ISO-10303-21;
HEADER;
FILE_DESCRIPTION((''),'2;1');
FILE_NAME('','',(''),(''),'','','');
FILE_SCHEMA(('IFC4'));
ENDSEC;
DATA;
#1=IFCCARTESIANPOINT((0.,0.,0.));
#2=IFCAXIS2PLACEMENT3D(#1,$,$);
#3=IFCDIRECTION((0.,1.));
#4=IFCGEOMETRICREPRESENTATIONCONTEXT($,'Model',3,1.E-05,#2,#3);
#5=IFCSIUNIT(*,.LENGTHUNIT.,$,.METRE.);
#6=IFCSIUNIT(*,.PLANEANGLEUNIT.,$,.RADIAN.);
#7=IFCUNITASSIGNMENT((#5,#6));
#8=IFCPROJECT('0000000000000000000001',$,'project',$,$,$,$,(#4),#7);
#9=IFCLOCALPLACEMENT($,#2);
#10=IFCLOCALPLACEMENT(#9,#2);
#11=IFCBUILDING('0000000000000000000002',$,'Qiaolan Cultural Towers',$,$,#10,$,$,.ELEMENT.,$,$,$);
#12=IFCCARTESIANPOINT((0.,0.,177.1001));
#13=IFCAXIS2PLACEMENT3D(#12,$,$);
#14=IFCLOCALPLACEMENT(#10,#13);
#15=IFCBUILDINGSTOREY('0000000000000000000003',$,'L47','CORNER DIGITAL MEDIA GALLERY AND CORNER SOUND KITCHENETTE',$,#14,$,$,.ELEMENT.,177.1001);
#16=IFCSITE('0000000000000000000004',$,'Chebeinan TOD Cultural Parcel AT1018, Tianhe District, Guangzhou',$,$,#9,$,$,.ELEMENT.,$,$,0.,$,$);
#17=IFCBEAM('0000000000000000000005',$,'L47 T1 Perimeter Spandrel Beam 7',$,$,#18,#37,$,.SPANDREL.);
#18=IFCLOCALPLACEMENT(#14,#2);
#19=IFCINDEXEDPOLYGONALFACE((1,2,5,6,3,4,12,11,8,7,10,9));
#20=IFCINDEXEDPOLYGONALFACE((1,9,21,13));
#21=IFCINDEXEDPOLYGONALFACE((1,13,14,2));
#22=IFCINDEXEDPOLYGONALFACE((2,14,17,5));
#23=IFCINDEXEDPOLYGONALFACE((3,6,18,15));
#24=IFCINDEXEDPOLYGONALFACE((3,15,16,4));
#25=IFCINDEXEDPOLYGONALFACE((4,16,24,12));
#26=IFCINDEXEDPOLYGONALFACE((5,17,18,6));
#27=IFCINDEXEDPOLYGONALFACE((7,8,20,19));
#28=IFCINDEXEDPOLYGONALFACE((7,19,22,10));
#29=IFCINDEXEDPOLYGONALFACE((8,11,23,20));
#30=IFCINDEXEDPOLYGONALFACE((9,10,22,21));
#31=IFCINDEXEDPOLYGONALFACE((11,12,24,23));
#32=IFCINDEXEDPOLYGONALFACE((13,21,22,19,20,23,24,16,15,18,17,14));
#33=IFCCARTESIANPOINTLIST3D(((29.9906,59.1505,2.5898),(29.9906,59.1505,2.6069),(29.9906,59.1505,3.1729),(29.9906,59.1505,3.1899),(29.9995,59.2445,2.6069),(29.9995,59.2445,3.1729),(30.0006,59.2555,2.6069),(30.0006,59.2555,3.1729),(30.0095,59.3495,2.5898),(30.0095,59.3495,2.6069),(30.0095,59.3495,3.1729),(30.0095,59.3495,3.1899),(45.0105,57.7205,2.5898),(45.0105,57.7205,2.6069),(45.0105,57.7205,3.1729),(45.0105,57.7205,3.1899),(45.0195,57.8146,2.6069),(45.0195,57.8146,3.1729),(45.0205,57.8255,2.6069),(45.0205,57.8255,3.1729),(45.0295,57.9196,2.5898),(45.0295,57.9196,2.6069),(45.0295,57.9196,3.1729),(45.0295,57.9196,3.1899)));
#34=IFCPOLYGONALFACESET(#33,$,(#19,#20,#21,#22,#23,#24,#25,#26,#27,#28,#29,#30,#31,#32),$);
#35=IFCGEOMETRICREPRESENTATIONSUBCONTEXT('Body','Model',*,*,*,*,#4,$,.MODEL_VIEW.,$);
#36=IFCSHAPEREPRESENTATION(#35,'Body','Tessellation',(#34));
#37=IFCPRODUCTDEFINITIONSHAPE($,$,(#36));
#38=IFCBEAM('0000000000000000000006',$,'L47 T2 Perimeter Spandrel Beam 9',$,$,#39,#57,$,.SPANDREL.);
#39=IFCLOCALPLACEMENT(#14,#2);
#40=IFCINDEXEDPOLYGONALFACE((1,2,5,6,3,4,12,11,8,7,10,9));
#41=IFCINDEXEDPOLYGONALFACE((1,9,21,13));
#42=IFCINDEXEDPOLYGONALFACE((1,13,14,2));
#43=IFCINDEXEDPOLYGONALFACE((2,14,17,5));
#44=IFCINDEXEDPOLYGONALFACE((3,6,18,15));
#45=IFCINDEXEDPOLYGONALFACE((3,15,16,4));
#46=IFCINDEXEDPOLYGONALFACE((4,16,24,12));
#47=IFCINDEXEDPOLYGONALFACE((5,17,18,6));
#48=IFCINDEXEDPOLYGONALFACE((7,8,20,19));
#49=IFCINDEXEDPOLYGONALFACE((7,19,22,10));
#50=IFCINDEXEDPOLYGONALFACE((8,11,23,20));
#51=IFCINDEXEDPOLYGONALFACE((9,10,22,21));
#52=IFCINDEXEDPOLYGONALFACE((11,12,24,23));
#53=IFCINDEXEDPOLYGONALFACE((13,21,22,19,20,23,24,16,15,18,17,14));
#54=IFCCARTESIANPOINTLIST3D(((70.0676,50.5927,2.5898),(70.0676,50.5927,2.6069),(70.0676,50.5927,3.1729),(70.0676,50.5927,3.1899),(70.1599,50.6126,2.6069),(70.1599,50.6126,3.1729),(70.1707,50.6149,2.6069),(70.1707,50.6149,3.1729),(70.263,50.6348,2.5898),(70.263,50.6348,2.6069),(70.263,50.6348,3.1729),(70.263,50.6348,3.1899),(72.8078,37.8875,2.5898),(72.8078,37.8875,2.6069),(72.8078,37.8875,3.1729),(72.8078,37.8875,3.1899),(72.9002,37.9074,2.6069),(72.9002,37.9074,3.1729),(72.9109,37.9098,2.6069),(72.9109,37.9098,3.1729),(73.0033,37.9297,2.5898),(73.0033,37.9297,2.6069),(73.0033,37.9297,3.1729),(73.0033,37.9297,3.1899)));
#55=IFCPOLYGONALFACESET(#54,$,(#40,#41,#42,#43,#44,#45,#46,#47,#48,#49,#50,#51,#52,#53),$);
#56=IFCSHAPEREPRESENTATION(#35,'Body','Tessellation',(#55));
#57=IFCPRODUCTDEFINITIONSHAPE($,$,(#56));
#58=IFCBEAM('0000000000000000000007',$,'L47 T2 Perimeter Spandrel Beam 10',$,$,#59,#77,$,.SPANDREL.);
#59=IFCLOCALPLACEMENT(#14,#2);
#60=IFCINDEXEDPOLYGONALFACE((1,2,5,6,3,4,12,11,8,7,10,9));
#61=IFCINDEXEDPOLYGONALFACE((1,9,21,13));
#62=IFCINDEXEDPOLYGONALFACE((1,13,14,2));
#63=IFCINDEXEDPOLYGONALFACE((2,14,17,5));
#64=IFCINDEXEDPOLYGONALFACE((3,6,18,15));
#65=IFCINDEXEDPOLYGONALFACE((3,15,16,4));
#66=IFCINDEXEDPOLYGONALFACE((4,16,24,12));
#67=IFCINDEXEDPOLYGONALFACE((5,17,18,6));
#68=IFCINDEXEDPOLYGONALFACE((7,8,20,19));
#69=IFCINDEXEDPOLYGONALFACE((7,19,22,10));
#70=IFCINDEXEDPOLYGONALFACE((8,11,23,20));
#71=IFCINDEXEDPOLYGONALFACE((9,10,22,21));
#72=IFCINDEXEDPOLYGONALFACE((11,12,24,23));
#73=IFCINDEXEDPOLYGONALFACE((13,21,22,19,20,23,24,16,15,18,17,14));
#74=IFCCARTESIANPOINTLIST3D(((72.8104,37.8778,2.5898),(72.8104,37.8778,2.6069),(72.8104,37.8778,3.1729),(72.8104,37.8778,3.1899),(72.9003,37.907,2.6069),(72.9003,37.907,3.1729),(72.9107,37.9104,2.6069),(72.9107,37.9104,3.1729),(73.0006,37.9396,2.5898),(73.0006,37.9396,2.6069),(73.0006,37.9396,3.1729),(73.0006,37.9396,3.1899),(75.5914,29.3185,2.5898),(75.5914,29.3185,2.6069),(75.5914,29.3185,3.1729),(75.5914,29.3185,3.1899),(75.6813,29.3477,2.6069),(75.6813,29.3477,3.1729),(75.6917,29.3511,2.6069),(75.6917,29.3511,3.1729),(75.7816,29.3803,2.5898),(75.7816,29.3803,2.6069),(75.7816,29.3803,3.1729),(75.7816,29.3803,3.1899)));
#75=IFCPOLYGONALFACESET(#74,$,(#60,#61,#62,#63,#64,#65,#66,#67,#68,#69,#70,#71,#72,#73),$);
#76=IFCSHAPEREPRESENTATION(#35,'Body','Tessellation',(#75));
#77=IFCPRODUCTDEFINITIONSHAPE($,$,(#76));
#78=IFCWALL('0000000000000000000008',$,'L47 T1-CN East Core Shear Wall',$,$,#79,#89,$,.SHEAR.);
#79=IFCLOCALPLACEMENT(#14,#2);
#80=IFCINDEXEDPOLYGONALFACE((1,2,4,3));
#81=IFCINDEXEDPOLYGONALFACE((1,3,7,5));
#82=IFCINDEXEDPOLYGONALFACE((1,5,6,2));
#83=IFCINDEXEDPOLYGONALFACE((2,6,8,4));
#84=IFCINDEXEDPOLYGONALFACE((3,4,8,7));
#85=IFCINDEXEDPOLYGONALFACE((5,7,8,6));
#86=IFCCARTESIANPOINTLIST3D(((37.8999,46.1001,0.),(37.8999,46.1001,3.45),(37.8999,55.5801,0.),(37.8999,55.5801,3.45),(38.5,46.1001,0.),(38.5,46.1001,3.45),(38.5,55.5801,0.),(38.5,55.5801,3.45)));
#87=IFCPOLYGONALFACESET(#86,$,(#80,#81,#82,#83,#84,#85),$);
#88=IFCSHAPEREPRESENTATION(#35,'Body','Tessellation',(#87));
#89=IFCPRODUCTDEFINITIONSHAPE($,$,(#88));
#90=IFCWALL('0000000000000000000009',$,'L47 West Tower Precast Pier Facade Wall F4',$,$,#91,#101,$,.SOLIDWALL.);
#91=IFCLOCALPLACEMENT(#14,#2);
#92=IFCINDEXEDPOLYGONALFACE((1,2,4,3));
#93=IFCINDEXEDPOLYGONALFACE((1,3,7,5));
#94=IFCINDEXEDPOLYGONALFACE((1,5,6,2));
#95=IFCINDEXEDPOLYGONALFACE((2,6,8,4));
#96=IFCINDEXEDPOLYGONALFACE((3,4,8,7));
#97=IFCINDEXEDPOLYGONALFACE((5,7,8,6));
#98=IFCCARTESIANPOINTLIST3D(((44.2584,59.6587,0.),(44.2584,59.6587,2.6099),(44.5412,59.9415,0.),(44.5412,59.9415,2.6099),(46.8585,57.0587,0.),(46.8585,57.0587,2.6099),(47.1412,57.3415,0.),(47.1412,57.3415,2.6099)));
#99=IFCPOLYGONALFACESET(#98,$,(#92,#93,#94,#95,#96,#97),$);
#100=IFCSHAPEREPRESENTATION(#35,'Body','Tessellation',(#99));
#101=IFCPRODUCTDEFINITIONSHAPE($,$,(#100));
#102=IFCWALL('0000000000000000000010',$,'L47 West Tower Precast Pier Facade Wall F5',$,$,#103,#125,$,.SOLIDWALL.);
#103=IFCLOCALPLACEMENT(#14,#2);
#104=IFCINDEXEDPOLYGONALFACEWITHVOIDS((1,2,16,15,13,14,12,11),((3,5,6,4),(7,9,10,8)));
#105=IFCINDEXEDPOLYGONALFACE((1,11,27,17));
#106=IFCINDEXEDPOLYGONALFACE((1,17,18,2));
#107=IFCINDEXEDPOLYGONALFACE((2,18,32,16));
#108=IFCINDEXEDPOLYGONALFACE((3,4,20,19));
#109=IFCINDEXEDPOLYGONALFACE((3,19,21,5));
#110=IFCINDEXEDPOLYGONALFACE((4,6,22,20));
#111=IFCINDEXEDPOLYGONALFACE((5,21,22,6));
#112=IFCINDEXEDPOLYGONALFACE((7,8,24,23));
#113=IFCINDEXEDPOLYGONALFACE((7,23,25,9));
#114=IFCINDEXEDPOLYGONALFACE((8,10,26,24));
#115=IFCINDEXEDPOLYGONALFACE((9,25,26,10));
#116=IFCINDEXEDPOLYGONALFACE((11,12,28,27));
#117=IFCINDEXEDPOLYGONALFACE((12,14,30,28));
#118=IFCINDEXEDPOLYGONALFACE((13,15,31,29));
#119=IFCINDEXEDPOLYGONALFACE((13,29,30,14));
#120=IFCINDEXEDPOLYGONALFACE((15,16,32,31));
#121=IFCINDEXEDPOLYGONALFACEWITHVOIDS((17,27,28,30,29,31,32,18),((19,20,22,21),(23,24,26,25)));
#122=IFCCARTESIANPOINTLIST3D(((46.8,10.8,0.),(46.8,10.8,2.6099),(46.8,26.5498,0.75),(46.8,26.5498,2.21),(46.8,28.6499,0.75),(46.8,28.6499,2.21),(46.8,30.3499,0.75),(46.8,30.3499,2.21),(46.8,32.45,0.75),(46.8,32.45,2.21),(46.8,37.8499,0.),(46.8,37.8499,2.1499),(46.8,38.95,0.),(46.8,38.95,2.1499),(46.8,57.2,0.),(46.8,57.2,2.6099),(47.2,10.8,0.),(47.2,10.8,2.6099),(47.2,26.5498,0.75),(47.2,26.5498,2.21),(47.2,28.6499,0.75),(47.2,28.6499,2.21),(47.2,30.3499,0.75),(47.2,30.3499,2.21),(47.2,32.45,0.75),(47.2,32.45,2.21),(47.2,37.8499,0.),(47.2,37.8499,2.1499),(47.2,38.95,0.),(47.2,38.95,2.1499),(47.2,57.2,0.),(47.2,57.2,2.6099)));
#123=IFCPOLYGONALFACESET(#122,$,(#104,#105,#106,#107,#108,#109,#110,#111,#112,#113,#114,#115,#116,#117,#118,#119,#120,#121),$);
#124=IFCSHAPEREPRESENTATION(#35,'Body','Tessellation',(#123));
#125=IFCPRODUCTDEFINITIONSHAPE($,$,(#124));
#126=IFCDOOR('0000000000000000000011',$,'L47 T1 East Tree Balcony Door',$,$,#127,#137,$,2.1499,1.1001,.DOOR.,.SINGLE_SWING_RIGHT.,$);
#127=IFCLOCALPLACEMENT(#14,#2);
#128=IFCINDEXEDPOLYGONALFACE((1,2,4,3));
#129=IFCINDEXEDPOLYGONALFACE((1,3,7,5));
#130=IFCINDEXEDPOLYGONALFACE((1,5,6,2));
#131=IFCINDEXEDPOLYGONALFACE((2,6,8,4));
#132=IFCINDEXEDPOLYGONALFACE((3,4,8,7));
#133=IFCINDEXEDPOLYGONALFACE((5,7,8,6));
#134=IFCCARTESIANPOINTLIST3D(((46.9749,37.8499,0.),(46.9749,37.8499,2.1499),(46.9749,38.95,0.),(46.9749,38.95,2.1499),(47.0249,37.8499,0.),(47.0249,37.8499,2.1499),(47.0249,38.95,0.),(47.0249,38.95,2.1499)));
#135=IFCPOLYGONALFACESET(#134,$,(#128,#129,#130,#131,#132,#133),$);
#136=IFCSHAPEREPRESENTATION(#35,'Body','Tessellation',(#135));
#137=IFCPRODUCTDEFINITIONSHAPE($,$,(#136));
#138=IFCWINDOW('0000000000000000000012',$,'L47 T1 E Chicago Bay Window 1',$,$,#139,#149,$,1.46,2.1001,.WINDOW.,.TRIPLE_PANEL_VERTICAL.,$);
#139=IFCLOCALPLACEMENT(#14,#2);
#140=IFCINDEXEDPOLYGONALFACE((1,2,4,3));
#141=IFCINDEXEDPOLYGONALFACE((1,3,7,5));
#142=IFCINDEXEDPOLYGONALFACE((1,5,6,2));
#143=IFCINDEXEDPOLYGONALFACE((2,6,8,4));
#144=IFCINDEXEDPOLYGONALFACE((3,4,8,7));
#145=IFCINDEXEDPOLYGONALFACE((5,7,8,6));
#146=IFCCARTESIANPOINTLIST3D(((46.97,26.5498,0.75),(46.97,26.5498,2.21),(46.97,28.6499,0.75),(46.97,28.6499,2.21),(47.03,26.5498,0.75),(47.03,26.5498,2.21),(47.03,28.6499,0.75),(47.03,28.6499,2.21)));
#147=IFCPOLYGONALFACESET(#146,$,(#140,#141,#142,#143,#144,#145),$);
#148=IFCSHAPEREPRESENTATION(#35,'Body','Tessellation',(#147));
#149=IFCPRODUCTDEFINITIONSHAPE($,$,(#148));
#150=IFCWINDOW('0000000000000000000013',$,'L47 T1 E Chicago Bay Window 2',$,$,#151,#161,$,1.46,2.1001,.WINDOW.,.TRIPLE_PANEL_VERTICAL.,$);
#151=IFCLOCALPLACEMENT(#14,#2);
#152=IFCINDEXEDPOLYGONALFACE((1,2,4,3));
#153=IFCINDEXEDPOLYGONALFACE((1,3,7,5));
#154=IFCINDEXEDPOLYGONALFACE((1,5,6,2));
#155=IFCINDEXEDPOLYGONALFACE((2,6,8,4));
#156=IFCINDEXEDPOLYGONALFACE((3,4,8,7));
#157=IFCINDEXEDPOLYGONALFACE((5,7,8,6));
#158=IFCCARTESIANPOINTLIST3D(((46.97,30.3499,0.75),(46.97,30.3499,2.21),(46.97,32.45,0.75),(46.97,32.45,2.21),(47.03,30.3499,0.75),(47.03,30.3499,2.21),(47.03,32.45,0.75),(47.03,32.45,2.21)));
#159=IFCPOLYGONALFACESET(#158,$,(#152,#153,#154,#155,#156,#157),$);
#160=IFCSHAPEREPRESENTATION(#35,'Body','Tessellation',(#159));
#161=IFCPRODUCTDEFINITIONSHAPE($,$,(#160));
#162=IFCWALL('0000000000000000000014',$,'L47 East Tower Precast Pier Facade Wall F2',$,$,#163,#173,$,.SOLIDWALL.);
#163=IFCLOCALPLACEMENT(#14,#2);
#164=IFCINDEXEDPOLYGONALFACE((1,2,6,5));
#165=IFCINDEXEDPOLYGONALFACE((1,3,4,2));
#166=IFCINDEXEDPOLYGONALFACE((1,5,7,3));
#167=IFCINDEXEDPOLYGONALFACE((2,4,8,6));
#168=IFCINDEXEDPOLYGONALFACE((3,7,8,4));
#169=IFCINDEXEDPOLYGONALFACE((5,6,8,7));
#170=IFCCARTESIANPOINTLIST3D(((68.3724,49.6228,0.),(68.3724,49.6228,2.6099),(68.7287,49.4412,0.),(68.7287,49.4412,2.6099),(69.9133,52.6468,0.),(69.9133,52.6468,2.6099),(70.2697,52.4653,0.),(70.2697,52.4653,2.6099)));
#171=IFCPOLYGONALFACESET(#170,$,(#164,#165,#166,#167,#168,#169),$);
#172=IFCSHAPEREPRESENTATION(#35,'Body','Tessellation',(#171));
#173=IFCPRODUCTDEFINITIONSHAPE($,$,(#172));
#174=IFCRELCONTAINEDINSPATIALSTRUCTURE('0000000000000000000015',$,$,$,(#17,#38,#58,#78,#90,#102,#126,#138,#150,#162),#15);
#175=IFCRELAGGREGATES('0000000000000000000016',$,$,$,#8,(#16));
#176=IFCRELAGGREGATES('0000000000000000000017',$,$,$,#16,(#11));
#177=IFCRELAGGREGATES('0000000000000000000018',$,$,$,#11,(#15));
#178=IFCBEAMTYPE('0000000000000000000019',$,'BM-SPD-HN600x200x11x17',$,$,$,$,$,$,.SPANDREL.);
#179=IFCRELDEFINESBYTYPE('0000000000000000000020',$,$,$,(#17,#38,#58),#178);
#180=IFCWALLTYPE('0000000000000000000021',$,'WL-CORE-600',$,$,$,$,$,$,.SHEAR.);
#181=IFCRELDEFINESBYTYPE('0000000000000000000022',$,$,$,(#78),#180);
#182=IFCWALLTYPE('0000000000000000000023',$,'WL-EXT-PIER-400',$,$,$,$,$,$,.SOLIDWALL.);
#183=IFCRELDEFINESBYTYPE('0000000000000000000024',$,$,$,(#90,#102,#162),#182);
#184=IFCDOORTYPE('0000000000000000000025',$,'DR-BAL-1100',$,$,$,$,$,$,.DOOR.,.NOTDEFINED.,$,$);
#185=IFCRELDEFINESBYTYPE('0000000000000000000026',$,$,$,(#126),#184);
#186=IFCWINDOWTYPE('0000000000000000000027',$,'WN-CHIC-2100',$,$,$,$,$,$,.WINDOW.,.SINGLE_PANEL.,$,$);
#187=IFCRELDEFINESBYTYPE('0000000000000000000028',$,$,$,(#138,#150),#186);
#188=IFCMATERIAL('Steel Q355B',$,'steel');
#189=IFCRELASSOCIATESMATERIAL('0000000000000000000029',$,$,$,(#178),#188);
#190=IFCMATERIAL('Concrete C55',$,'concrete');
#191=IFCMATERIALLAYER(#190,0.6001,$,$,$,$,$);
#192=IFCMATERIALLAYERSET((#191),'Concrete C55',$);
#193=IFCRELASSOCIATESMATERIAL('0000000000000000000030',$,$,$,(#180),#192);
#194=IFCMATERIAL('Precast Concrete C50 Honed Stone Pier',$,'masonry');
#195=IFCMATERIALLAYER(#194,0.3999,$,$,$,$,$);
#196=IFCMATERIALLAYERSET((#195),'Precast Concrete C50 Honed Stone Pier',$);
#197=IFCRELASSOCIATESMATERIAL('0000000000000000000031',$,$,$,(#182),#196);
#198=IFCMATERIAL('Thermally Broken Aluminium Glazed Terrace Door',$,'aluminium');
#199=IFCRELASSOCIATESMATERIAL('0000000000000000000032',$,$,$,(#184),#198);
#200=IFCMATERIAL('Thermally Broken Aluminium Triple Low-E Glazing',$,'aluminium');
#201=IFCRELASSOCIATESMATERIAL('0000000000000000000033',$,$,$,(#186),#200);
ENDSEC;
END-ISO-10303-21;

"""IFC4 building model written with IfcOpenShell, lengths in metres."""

from ifc_helpers import new_model, si_unit, direction, frame, frame_2d, origin, origin_2d, place, context, subcontext, project, spatial, rectangle, i_section, extrude, material, layer, layer_set, material_profile, profile_set, type_object, element, fill, save


model = new_model("IFC4")

# Units and contexts
model_context = context("Model", 3, precision=1e-05, world=origin(), true_north=direction((0.0, 1.0)))
body_context = subcontext(model_context, "Body", "Model", "MODEL_VIEW")
ifc_project = project(units=[si_unit("LENGTHUNIT", "METRE"), si_unit("PLANEANGLEUNIT", "RADIAN")], contexts=[model_context])

# Site, building, storey
site_placement = place(None, origin())
site = spatial("IfcSite", under=ifc_project, at=site_placement, Name="Chebeinan TOD Cultural Parcel AT1018, Tianhe District, Guangzhou", CompositionType="ELEMENT", RefElevation=0.0)
building_placement = place(site_placement, origin())
building = spatial("IfcBuilding", under=site, at=building_placement, Name="Qiaolan Cultural Towers", CompositionType="ELEMENT")
storey_placement = place(building_placement, frame((0.0, 0.0, 177.1001)))
storey = spatial("IfcBuildingStorey", under=building, at=storey_placement, Name="L47", Description="CORNER DIGITAL MEDIA GALLERY AND CORNER SOUND KITCHENETTE", CompositionType="ELEMENT", Elevation=177.1001)

# Beams
ifc_material_1 = material(Name="Steel Q355B", Category="steel")
ifc_material_profile_1 = material_profile(ifc_material_1, i_section(OverallWidth=0.2, OverallDepth=0.6001, WebThickness=0.011, FlangeThickness=0.0171, at=origin_2d()), Name="HN600x200x11x17")
ifc_profile_set_1 = profile_set([ifc_material_profile_1], Name="Steel Q355B")
beam_type_1 = type_object("IfcBeamType", Name="BM-SPD-HN600x200x11x17", PredefinedType="SPANDREL", material=ifc_profile_set_1)
beam_1_placement = place(storey_placement, frame((45.02, 57.8201, 2.8899), z_axis=(-0.995499, 0.094773, 0.0), x_axis=(-0.094773, -0.995499, 0.0)))
element("IfcBeam", 1, at=beam_1_placement, inside=storey, type_object=beam_type_1, Name="L47 T1 Perimeter Spandrel Beam 7", PredefinedType="SPANDREL", context=body_context, shape_type="SweptSolid", body=[
    extrude(i_section(OverallWidth=0.2, OverallDepth=0.6001, WebThickness=0.011, FlangeThickness=0.0171, at=origin_2d()), origin(), (0.0, 0.0, 1.0), 15.0879),
])
beam_2_placement = place(storey_placement, frame((70.1653, 50.6138, 2.8899), z_axis=(0.210832, -0.977522, 0.0), x_axis=(0.977522, 0.210832, 0.0)))
element("IfcBeam", 2, at=beam_2_placement, inside=storey, type_object=beam_type_1, Name="L47 T2 Perimeter Spandrel Beam 9", PredefinedType="SPANDREL", context=body_context, shape_type="SweptSolid", body=[
    extrude(i_section(OverallWidth=0.2, OverallDepth=0.6001, WebThickness=0.011, FlangeThickness=0.0171, at=origin_2d()), origin(), (0.0, 0.0, 1.0), 12.9973),
])
beam_3_placement = place(storey_placement, frame((72.9055, 37.9087, 2.8899), z_axis=(0.309008, -0.951059, 0.0), x_axis=(0.951059, 0.309008, 0.0)))
element("IfcBeam", 3, at=beam_3_placement, inside=storey, type_object=beam_type_1, Name="L47 T2 Perimeter Spandrel Beam 10", PredefinedType="SPANDREL", context=body_context, shape_type="SweptSolid", body=[
    extrude(i_section(OverallWidth=0.2, OverallDepth=0.6001, WebThickness=0.011, FlangeThickness=0.0171, at=origin_2d()), origin(), (0.0, 0.0, 1.0), 8.9998),
])

# Walls
ifc_material_2 = material(Name="Concrete C55", Category="concrete")
ifc_layer_1 = layer(ifc_material_2, 0.6001)
ifc_layer_set_1 = layer_set([ifc_layer_1], Name="Concrete C55")
wall_type_1 = type_object("IfcWallType", Name="WL-CORE-600", PredefinedType="SHEAR", material=ifc_layer_set_1)
wall_1_placement = place(storey_placement, frame((38.2, 46.1001, 0.0), z_axis=(0.0, 0.0, 1.0), x_axis=(0.0, 1.0, 0.0)))
element("IfcWall", 4, at=wall_1_placement, inside=storey, type_object=wall_type_1, Name="L47 T1-CN East Core Shear Wall", PredefinedType="SHEAR", context=body_context, shape_type="SweptSolid", body=[
    extrude(rectangle(XDim=9.48, YDim=0.6001, at=frame_2d((4.74, 0.0))), origin(), (0.0, 0.0, 1.0), 3.45),
])
ifc_material_3 = material(Name="Precast Concrete C50 Honed Stone Pier", Category="masonry")
ifc_layer_2 = layer(ifc_material_3, 0.3999)
ifc_layer_set_2 = layer_set([ifc_layer_2], Name="Precast Concrete C50 Honed Stone Pier")
wall_type_2 = type_object("IfcWallType", Name="WL-EXT-PIER-400", PredefinedType="SOLIDWALL", material=ifc_layer_set_2)
wall_2_placement = place(storey_placement, frame((44.3999, 59.8, 0.0), z_axis=(0.0, 0.0, 1.0), x_axis=(0.707107, -0.707107, 0.0)))
element("IfcWall", 5, at=wall_2_placement, inside=storey, type_object=wall_type_2, Name="L47 West Tower Precast Pier Facade Wall F4", PredefinedType="SOLIDWALL", context=body_context, shape_type="SweptSolid", body=[
    extrude(rectangle(XDim=3.677, YDim=0.3999, at=frame_2d((1.8384, 0.0))), origin(), (0.0, 0.0, 1.0), 2.6099),
])

# Wall, openings, door, windows
wall_3_placement = place(storey_placement, frame((47.0, 57.2, 0.0), z_axis=(0.0, 0.0, 1.0), x_axis=(0.0, -1.0, 0.0)))
wall_3 = element("IfcWall", 6, at=wall_3_placement, inside=storey, type_object=wall_type_2, Name="L47 West Tower Precast Pier Facade Wall F5", PredefinedType="SOLIDWALL", context=body_context, shape_type="SweptSolid", body=[
    extrude(rectangle(XDim=46.3999, YDim=0.3999, at=frame_2d((23.2, 0.0))), origin(), (0.0, 0.0, 1.0), 2.6099),
])
opening_1_placement = place(wall_3_placement, frame((28.55, 0.0, 0.75)))
opening_1 = element("IfcOpeningElement", 7, at=opening_1_placement, cuts=wall_3, PredefinedType="OPENING", context=body_context, shape_type="SweptSolid", body=[
    extrude(rectangle(XDim=2.1001, YDim=1.46, at=frame_2d((1.05, 0.73))), frame((0.0, 0.21, 0.0), z_axis=(0.0, -1.0, 0.0), x_axis=(1.0, 0.0, 0.0)), (0.0, 0.0, 1.0), 0.4199),
])
opening_2_placement = place(wall_3_placement, frame((24.75, 0.0, 0.75)))
opening_2 = element("IfcOpeningElement", 8, at=opening_2_placement, cuts=wall_3, PredefinedType="OPENING", context=body_context, shape_type="SweptSolid", body=[
    extrude(rectangle(XDim=2.1001, YDim=1.46, at=frame_2d((1.05, 0.73))), frame((0.0, 0.21, 0.0), z_axis=(0.0, -1.0, 0.0), x_axis=(1.0, 0.0, 0.0)), (0.0, 0.0, 1.0), 0.4199),
])
opening_3_placement = place(wall_3_placement, frame((18.25, 0.0, 0.0)))
opening_3 = element("IfcOpeningElement", 9, at=opening_3_placement, cuts=wall_3, PredefinedType="OPENING", context=body_context, shape_type="SweptSolid", body=[
    extrude(rectangle(XDim=1.1001, YDim=2.1499, at=frame_2d((0.55, 1.075))), frame((0.0, 0.21, 0.0), z_axis=(0.0, -1.0, 0.0), x_axis=(1.0, 0.0, 0.0)), (0.0, 0.0, 1.0), 0.4199),
])
ifc_material_4 = material(Name="Thermally Broken Aluminium Glazed Terrace Door", Category="aluminium")
door_type_1 = type_object("IfcDoorType", Name="DR-BAL-1100", OperationType="NOTDEFINED", PredefinedType="DOOR", material=ifc_material_4)
door_1_placement = place(opening_3_placement, origin())
door_1 = element("IfcDoor", 10, at=door_1_placement, inside=storey, type_object=door_type_1, Name="L47 T1 East Tree Balcony Door", OperationType="SINGLE_SWING_RIGHT", OverallHeight=2.1499, OverallWidth=1.1001, PredefinedType="DOOR", context=body_context, shape_type="SweptSolid", body=[
    extrude(rectangle(XDim=1.1001, YDim=2.1499, at=frame_2d((0.55, 1.075))), frame((0.0, 0.0249, 0.0), z_axis=(0.0, -1.0, 0.0), x_axis=(1.0, 0.0, 0.0)), (0.0, 0.0, 1.0), 0.05),
])
fill(opening_3, door_1)
ifc_material_5 = material(Name="Thermally Broken Aluminium Triple Low-E Glazing", Category="aluminium")
window_type = type_object("IfcWindowType", Name="WN-CHIC-2100", PartitioningType="SINGLE_PANEL", PredefinedType="WINDOW", material=ifc_material_5)
window_1_placement = place(opening_1_placement, origin())
window_1 = element("IfcWindow", 11, at=window_1_placement, inside=storey, type_object=window_type, Name="L47 T1 E Chicago Bay Window 1", OverallHeight=1.46, OverallWidth=2.1001, PartitioningType="TRIPLE_PANEL_VERTICAL", PredefinedType="WINDOW", context=body_context, shape_type="SweptSolid", body=[
    extrude(rectangle(XDim=2.1001, YDim=1.46, at=frame_2d((1.05, 0.73))), frame((0.0, 0.03, 0.0), z_axis=(0.0, -1.0, 0.0), x_axis=(1.0, 0.0, 0.0)), (0.0, 0.0, 1.0), 0.0601),
])
fill(opening_1, window_1)
window_2_placement = place(opening_2_placement, origin())
window_2 = element("IfcWindow", 12, at=window_2_placement, inside=storey, type_object=window_type, Name="L47 T1 E Chicago Bay Window 2", OverallHeight=1.46, OverallWidth=2.1001, PartitioningType="TRIPLE_PANEL_VERTICAL", PredefinedType="WINDOW", context=body_context, shape_type="SweptSolid", body=[
    extrude(rectangle(XDim=2.1001, YDim=1.46, at=frame_2d((1.05, 0.73))), frame((0.0, 0.03, 0.0), z_axis=(0.0, -1.0, 0.0), x_axis=(1.0, 0.0, 0.0)), (0.0, 0.0, 1.0), 0.0601),
])
fill(opening_2, window_2)

# Wall
wall_4_placement = place(storey_placement, frame((68.5505, 49.532, 0.0), z_axis=(0.0, 0.0, 1.0), x_axis=(0.45402, 0.890992, 0.0)))
element("IfcWall", 13, at=wall_4_placement, inside=storey, type_object=wall_type_2, Name="L47 East Tower Precast Pier Facade Wall F2", PredefinedType="SOLIDWALL", context=body_context, shape_type="SweptSolid", body=[
    extrude(rectangle(XDim=3.394, YDim=0.3999, at=frame_2d((1.697, 0.0))), origin(), (0.0, 0.0, 1.0), 2.6099),
])

save(model, "model.ifc")
